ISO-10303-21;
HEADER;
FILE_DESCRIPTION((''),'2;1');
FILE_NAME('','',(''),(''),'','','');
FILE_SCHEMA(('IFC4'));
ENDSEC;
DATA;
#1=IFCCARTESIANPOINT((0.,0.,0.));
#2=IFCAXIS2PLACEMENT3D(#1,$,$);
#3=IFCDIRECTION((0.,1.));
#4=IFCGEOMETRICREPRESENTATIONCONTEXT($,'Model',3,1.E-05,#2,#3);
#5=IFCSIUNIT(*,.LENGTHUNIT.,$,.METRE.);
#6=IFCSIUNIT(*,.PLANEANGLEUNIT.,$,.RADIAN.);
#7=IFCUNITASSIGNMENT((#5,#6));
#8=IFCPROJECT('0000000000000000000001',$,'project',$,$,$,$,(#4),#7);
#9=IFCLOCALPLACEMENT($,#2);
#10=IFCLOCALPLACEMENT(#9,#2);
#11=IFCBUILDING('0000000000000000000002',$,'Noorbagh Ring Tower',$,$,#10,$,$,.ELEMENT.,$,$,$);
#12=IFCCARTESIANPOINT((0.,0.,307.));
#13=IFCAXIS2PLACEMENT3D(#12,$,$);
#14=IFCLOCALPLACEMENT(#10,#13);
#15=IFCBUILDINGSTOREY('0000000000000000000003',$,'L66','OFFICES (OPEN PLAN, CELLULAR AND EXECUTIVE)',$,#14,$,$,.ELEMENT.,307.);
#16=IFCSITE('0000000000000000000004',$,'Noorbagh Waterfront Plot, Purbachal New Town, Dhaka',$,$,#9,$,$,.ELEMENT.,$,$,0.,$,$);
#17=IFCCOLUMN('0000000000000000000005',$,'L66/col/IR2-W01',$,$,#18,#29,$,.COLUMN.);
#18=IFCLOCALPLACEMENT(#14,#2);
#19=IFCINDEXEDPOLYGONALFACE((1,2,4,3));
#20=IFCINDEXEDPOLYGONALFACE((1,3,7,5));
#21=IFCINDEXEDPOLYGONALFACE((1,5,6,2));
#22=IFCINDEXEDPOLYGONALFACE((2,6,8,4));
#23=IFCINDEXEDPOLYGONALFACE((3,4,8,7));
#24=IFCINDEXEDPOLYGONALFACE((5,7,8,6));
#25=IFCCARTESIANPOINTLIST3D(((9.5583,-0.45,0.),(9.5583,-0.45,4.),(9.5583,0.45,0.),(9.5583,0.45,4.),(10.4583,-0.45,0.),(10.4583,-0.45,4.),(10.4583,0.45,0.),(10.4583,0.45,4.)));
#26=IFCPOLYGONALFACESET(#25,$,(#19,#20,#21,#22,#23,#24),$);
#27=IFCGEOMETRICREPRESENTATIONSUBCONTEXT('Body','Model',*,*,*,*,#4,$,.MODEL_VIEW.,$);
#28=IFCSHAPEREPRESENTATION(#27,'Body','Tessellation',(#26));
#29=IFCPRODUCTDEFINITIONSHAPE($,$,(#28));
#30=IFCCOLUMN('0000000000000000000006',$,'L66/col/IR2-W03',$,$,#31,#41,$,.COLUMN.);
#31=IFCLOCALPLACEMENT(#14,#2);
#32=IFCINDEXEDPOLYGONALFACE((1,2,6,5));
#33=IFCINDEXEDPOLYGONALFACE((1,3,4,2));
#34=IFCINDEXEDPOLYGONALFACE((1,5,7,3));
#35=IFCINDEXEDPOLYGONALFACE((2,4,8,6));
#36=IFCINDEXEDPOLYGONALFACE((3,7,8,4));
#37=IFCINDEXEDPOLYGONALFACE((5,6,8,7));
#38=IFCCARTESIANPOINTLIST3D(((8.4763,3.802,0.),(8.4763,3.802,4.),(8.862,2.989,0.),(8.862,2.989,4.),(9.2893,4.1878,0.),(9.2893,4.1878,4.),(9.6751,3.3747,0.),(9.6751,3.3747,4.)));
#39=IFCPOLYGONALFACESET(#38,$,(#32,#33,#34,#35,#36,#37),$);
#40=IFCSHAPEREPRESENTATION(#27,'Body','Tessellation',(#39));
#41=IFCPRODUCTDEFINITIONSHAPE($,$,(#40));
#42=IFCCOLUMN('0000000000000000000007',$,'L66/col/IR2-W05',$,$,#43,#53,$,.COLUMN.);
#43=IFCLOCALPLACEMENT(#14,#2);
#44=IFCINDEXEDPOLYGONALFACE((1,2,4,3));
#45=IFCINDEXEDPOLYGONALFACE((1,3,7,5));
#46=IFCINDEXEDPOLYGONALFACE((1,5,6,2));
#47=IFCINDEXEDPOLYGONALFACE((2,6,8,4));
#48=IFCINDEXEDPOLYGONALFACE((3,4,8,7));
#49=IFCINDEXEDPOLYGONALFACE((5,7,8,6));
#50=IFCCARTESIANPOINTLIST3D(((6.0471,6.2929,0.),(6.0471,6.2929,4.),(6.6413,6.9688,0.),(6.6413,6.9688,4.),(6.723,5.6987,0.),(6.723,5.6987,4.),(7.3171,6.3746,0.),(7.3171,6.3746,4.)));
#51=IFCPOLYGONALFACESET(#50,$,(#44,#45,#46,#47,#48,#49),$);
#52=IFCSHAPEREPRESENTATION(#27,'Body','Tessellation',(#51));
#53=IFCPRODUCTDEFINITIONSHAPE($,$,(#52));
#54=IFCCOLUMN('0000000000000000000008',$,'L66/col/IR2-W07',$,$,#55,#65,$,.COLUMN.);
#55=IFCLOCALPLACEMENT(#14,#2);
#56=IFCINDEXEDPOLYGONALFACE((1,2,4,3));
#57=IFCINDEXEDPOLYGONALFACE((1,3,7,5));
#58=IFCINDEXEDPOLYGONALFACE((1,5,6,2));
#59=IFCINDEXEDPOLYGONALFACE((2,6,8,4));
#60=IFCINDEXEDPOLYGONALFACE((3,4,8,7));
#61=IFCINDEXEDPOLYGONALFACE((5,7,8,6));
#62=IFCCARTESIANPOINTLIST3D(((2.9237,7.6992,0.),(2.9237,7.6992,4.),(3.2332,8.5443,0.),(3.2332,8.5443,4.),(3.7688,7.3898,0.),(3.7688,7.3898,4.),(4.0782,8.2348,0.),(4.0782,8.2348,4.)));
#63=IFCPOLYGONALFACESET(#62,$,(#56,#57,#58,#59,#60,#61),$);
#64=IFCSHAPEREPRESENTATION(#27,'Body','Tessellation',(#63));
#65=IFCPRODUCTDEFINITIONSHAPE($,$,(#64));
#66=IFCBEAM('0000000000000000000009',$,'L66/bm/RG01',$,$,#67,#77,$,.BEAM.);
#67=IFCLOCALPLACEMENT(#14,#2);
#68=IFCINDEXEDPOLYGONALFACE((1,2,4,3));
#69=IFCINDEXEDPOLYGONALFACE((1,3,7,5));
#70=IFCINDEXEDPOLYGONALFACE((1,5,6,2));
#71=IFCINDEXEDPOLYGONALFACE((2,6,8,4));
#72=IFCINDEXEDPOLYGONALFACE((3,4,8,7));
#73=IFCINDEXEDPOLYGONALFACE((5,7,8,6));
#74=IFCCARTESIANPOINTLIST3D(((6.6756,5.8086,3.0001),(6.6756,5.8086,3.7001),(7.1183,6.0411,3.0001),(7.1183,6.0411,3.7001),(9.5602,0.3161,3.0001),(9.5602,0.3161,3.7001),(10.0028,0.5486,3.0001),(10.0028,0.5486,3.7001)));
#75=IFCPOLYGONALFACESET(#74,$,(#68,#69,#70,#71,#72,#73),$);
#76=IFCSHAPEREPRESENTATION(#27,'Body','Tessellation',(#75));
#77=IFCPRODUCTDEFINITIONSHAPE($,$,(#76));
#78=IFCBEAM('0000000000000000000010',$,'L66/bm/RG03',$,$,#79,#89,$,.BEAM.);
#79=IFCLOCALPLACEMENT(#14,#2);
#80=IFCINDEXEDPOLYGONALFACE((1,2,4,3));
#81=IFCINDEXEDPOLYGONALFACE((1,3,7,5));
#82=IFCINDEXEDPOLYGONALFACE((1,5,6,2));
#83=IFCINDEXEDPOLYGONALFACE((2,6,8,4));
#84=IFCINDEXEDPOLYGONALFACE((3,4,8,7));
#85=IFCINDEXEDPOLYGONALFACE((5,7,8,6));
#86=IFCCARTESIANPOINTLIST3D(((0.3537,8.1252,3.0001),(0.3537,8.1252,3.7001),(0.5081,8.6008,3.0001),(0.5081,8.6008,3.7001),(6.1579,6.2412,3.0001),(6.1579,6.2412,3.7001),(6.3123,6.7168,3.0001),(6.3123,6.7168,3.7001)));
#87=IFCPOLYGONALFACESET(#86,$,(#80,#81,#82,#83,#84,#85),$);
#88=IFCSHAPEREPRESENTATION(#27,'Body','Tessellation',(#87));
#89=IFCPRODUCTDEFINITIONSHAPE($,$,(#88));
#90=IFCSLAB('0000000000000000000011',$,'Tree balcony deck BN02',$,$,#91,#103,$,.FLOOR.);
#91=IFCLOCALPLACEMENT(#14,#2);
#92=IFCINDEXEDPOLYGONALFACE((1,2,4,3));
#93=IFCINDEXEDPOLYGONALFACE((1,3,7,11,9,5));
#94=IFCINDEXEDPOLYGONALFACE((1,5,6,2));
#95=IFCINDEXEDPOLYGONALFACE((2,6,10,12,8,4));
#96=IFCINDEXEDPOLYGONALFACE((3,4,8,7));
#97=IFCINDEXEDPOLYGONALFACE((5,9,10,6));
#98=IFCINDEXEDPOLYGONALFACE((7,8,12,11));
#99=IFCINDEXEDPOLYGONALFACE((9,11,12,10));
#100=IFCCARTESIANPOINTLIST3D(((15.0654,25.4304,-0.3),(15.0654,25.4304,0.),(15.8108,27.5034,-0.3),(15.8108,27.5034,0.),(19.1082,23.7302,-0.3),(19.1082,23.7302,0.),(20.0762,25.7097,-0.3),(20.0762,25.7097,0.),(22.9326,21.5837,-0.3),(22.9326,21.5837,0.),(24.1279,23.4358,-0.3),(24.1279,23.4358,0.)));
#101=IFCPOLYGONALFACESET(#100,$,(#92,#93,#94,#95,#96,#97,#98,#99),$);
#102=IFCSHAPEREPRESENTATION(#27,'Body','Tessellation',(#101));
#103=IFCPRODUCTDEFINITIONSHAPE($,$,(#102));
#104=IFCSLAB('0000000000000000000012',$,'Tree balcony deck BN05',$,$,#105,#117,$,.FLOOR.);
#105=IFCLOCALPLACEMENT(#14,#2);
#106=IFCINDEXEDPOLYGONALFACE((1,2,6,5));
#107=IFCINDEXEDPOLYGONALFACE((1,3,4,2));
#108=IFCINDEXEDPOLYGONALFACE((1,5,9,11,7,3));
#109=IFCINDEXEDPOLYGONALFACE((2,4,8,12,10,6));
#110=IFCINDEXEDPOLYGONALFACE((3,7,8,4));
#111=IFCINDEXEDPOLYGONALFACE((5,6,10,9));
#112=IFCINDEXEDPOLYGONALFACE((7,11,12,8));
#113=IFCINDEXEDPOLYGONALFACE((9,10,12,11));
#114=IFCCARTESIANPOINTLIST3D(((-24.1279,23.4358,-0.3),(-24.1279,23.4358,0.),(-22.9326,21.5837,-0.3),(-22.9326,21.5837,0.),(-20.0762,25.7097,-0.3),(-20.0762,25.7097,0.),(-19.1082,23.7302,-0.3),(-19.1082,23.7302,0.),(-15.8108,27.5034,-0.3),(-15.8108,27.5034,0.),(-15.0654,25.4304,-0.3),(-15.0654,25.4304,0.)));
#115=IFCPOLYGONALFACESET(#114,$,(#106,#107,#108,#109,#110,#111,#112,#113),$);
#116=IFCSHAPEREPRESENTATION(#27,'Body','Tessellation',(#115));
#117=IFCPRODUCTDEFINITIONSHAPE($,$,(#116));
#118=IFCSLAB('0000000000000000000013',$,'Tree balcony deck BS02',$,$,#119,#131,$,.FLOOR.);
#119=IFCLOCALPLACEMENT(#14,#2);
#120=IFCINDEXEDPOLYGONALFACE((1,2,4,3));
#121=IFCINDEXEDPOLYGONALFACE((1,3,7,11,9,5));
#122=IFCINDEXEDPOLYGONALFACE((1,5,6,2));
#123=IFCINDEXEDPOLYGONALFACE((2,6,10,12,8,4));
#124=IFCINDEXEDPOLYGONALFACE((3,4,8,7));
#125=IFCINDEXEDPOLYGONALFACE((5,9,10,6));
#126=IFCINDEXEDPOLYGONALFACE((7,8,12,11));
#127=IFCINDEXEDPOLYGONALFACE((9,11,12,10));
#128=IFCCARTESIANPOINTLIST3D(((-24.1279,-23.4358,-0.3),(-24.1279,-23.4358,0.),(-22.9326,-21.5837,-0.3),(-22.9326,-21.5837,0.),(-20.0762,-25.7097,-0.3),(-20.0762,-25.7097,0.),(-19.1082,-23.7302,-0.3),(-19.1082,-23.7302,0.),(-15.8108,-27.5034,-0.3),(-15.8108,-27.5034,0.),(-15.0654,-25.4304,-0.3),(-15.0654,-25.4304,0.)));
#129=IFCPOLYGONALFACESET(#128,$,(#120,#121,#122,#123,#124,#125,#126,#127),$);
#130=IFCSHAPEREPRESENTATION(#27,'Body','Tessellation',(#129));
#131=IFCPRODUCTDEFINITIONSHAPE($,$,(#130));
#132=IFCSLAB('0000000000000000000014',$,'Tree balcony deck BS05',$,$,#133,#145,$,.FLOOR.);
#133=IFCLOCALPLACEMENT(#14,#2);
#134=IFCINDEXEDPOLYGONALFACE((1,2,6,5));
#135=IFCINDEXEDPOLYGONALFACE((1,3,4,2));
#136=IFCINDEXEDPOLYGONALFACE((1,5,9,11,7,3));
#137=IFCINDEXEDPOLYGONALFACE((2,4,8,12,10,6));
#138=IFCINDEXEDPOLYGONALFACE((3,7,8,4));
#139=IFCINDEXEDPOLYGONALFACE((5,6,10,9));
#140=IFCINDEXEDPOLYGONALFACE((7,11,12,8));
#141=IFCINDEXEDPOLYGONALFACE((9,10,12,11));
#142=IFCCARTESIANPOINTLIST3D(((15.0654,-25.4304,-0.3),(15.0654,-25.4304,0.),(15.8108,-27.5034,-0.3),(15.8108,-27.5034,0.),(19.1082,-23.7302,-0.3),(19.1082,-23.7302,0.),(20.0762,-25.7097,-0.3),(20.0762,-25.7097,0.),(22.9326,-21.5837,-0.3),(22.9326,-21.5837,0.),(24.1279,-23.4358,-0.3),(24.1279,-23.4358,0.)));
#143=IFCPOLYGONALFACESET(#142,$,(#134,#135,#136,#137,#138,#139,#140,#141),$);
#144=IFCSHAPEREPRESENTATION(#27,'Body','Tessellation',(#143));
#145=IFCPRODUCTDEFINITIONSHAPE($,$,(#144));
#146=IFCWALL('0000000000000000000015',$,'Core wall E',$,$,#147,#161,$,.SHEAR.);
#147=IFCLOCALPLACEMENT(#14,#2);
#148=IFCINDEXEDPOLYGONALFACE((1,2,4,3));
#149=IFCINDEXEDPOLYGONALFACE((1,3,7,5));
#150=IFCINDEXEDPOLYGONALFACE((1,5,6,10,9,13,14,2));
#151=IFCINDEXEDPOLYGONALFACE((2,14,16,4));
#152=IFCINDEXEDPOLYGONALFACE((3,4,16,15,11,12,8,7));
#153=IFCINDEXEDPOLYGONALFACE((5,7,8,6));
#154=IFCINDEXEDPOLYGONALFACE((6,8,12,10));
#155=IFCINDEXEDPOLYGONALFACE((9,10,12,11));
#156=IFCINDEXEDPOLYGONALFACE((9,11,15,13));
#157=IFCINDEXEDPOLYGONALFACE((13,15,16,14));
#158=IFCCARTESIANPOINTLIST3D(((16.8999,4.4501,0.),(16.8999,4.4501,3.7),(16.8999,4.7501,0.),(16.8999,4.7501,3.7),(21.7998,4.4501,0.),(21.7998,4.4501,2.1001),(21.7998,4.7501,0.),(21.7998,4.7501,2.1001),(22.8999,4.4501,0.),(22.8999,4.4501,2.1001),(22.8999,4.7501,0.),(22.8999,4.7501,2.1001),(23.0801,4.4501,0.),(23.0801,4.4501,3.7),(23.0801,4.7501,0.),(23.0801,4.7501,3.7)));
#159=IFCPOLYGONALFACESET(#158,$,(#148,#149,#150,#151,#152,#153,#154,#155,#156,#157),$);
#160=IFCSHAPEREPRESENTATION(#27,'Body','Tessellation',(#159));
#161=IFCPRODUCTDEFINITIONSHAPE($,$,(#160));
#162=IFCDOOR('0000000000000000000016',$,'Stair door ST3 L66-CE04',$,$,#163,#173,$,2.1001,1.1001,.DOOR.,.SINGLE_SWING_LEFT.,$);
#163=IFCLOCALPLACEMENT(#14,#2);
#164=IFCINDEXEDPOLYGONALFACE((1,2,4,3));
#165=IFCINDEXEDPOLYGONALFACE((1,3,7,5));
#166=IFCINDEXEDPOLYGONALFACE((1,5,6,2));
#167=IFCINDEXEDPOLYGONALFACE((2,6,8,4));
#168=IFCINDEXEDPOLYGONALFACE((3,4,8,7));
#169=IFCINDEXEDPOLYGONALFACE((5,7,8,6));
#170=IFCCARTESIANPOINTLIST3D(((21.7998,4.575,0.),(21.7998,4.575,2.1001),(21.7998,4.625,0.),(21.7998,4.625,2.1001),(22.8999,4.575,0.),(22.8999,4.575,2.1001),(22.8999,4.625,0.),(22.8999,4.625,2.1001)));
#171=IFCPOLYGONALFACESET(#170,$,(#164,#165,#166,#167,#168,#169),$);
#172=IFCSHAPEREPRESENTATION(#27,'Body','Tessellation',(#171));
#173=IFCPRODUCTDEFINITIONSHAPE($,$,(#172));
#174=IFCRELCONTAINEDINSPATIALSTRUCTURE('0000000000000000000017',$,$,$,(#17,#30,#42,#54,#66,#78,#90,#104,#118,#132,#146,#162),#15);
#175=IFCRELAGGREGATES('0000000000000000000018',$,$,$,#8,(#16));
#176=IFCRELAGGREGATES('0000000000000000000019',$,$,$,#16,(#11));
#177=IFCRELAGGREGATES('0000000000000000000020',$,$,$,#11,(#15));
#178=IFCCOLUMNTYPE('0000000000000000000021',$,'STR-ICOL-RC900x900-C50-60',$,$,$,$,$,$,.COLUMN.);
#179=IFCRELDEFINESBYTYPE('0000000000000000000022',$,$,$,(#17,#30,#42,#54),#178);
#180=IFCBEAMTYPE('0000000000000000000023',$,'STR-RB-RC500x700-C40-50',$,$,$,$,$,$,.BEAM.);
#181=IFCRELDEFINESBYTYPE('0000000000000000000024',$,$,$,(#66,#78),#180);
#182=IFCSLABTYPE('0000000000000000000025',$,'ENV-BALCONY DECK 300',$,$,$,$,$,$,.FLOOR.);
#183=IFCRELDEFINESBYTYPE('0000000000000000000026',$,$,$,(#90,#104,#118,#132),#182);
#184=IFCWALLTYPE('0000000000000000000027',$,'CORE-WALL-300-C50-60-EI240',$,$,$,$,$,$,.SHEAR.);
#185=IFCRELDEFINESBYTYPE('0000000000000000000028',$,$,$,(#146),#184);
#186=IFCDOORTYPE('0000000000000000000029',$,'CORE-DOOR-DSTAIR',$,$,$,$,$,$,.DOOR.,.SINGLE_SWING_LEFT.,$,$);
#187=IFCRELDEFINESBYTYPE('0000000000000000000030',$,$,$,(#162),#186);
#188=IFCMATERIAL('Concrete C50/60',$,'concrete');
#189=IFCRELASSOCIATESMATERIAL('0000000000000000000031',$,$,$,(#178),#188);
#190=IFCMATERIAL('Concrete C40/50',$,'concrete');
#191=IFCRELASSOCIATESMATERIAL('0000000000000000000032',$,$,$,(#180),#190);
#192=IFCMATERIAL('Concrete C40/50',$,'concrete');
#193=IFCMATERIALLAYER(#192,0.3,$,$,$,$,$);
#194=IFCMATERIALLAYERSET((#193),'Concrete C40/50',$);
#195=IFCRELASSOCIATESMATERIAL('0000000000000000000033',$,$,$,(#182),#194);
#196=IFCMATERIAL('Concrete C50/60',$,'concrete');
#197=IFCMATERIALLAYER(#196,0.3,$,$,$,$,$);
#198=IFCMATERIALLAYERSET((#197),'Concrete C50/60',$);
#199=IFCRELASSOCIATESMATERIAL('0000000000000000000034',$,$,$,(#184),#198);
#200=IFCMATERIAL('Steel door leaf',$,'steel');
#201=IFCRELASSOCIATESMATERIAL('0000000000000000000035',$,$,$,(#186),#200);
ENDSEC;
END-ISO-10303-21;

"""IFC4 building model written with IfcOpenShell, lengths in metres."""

from ifc_helpers import new_model, si_unit, direction, frame, frame_2d, origin, origin_2d, place, context, subcontext, project, spatial, polyline, rectangle, outline, extrude, material, layer, layer_set, material_profile, profile_set, type_object, element, fill, save


model = new_model("IFC4")

# Units and contexts
model_context = context("Model", 3, precision=1e-05, world=origin(), true_north=direction((0.0, 1.0)))
body_context = subcontext(model_context, "Body", "Model", "MODEL_VIEW")
ifc_project = project(units=[si_unit("LENGTHUNIT", "METRE"), si_unit("PLANEANGLEUNIT", "RADIAN")], contexts=[model_context])

# Site, building, storey
site_placement = place(None, origin())
site = spatial("IfcSite", under=ifc_project, at=site_placement, Name="Noorbagh Waterfront Plot, Purbachal New Town, Dhaka", CompositionType="ELEMENT", RefElevation=0.0)
building_placement = place(site_placement, origin())
building = spatial("IfcBuilding", under=site, at=building_placement, Name="Noorbagh Ring Tower", CompositionType="ELEMENT")
storey_placement = place(building_placement, frame((0.0, 0.0, 307.0)))
storey = spatial("IfcBuildingStorey", under=building, at=storey_placement, Name="L66", Description="OFFICES (OPEN PLAN, CELLULAR AND EXECUTIVE)", CompositionType="ELEMENT", Elevation=307.0)

# Columns
ifc_material_1 = material(Name="Concrete C50/60", Category="concrete")
ifc_material_profile_1 = material_profile(ifc_material_1, rectangle(XDim=0.8999, YDim=0.8999, at=origin_2d()), Name="RC900x900")
ifc_profile_set_1 = profile_set([ifc_material_profile_1], Name="Concrete C50/60")
column_type = type_object("IfcColumnType", Name="STR-ICOL-RC900x900-C50-60", PredefinedType="COLUMN", material=ifc_profile_set_1)
for number, where, z_axis, x_axis, name in (
    (1, (10.0083, 0.0, 0.0), (0.0, 0.0, 1.0), (0.0, 1.0, 0.0), "L66/col/IR2-W01"),
    (2, (9.0757, 3.5884, 0.0), (0.0, 0.0, 1.0), (-0.428667, 0.903463, 0.0), "L66/col/IR2-W03"),
    (3, (6.6821, 6.3337, 0.0), (0.0, 0.0, 1.0), (-0.751022, 0.660277, 0.0), "L66/col/IR2-W05"),
    (4, (3.501, 7.967, 0.0), (0.0, 0.0, 1.0), (-0.93902, 0.343864, 0.0), "L66/col/IR2-W07"),
):
    element("IfcColumn", number, at=place(storey_placement, frame(where, z_axis=z_axis, x_axis=x_axis)), inside=storey, type_object=column_type, Name=name, PredefinedType="COLUMN", context=body_context, shape_type="SweptSolid", body=[
        extrude(rectangle(XDim=0.8999, YDim=0.8999, at=origin_2d()), origin(), (0.0, 0.0, 1.0), 4.0),
    ])

# Beams
ifc_material_2 = material(Name="Concrete C40/50", Category="concrete")
ifc_material_profile_2 = material_profile(ifc_material_2, rectangle(XDim=0.5, YDim=0.7, at=origin_2d()), Name="RC500x700")
ifc_profile_set_2 = profile_set([ifc_material_profile_2], Name="Concrete C40/50")
beam_type = type_object("IfcBeamType", Name="STR-RB-RC500x700-C40-50", PredefinedType="BEAM", material=ifc_profile_set_2)
beam_1_placement = place(storey_placement, frame((9.7815, 0.4324, 3.3501), z_axis=(-0.46496, 0.885332, 0.0), x_axis=(-0.885332, -0.46496, 0.0)))
element("IfcBeam", 5, at=beam_1_placement, inside=storey, type_object=beam_type, Name="L66/bm/RG01", PredefinedType="BEAM", context=body_context, shape_type="SweptSolid", body=[
    extrude(rectangle(XDim=0.5, YDim=0.7, at=origin_2d()), origin(), (0.0, 0.0, 1.0), 6.2039),
])
beam_2_placement = place(storey_placement, frame((6.2351, 6.479, 3.3501), z_axis=(-0.951146, 0.30874, 0.0), x_axis=(-0.30874, -0.951146, 0.0)))
element("IfcBeam", 6, at=beam_2_placement, inside=storey, type_object=beam_type, Name="L66/bm/RG03", PredefinedType="BEAM", context=body_context, shape_type="SweptSolid", body=[
    extrude(rectangle(XDim=0.5, YDim=0.7, at=origin_2d()), origin(), (0.0, 0.0, 1.0), 6.1023),
])

# Slabs
ifc_material_3 = material(Name="Concrete C40/50", Category="concrete")
ifc_layer_1 = layer(ifc_material_3, 0.3)
ifc_layer_set_1 = layer_set([ifc_layer_1], Name="Concrete C40/50")
slab_type = type_object("IfcSlabType", Name="ENV-BALCONY DECK 300", PredefinedType="FLOOR", material=ifc_layer_set_1)
slab_1_placement = place(storey_placement, frame((0.0, 0.0, -0.3)))
element("IfcSlab", 7, at=slab_1_placement, inside=storey, type_object=slab_type, Name="Tree balcony deck BN02", PredefinedType="FLOOR", context=body_context, shape_type="SweptSolid", body=[
    extrude(outline(polyline([(24.1279, 23.4358), (20.0762, 25.7097), (15.8108, 27.5034), (15.0654, 25.4304), (19.1082, 23.7302), (22.9326, 21.5837), (24.1279, 23.4358)])), origin(), (0.0, 0.0, 1.0), 0.3),
])
slab_2_placement = place(storey_placement, frame((0.0, 0.0, -0.3)))
element("IfcSlab", 8, at=slab_2_placement, inside=storey, type_object=slab_type, Name="Tree balcony deck BN05", PredefinedType="FLOOR", context=body_context, shape_type="SweptSolid", body=[
    extrude(outline(polyline([(-15.8108, 27.5034), (-20.0762, 25.7097), (-24.1279, 23.4358), (-22.9326, 21.5837), (-19.1082, 23.7302), (-15.0654, 25.4304), (-15.8108, 27.5034)])), origin(), (0.0, 0.0, 1.0), 0.3),
])
slab_3_placement = place(storey_placement, frame((0.0, 0.0, -0.3)))
element("IfcSlab", 9, at=slab_3_placement, inside=storey, type_object=slab_type, Name="Tree balcony deck BS02", PredefinedType="FLOOR", context=body_context, shape_type="SweptSolid", body=[
    extrude(outline(polyline([(-24.1279, -23.4358), (-20.0762, -25.7097), (-15.8108, -27.5034), (-15.0654, -25.4304), (-19.1082, -23.7302), (-22.9326, -21.5837), (-24.1279, -23.4358)])), origin(), (0.0, 0.0, 1.0), 0.3),
])
slab_4_placement = place(storey_placement, frame((0.0, 0.0, -0.3)))
element("IfcSlab", 10, at=slab_4_placement, inside=storey, type_object=slab_type, Name="Tree balcony deck BS05", PredefinedType="FLOOR", context=body_context, shape_type="SweptSolid", body=[
    extrude(outline(polyline([(15.8108, -27.5034), (20.0762, -25.7097), (24.1279, -23.4358), (22.9326, -21.5837), (19.1082, -23.7302), (15.0654, -25.4304), (15.8108, -27.5034)])), origin(), (0.0, 0.0, 1.0), 0.3),
])

# Wall, opening, door
ifc_material_4 = material(Name="Concrete C50/60", Category="concrete")
ifc_layer_2 = layer(ifc_material_4, 0.3)
ifc_layer_set_2 = layer_set([ifc_layer_2], Name="Concrete C50/60")
wall_type_1 = type_object("IfcWallType", Name="CORE-WALL-300-C50-60-EI240", PredefinedType="SHEAR", material=ifc_layer_set_2)
wall_1_placement = place(storey_placement, frame((16.8999, 4.6001, 0.0), z_axis=(0.0, 0.0, 1.0), x_axis=(1.0, 0.0, 0.0)))
wall_1 = element("IfcWall", 11, at=wall_1_placement, inside=storey, type_object=wall_type_1, Name="Core wall E", PredefinedType="SHEAR", context=body_context, shape_type="SweptSolid", body=[
    extrude(rectangle(XDim=6.1802, YDim=0.3, at=frame_2d((3.0901, 0.0))), origin(), (0.0, 0.0, 1.0), 3.7),
])
opening_1_placement = place(wall_1_placement, frame((4.8999, 0.0, 0.0)))
opening_1 = element("IfcOpeningElement", 12, at=opening_1_placement, cuts=wall_1, PredefinedType="OPENING", context=body_context, shape_type="SweptSolid", body=[
    extrude(rectangle(XDim=1.1001, YDim=2.1001, at=frame_2d((0.55, 1.05))), frame((0.0, 0.1602, 0.0), z_axis=(0.0, -1.0, 0.0), x_axis=(1.0, 0.0, 0.0)), (0.0, 0.0, 1.0), 0.3201),
])
ifc_material_5 = material(Name="Steel door leaf", Category="steel")
door_type_1 = type_object("IfcDoorType", Name="CORE-DOOR-DSTAIR", OperationType="SINGLE_SWING_LEFT", PredefinedType="DOOR", material=ifc_material_5)
door_1_placement = place(opening_1_placement, origin())
door_1 = element("IfcDoor", 13, at=door_1_placement, inside=storey, type_object=door_type_1, Name="Stair door ST3 L66-CE04", OperationType="SINGLE_SWING_LEFT", OverallHeight=2.1001, OverallWidth=1.1001, PredefinedType="DOOR", context=body_context, shape_type="SweptSolid", body=[
    extrude(rectangle(XDim=1.1001, YDim=2.1001, at=frame_2d((0.55, 1.05))), frame((0.0, 0.0249, 0.0), z_axis=(0.0, -1.0, 0.0), x_axis=(1.0, 0.0, 0.0)), (0.0, 0.0, 1.0), 0.05),
])
fill(opening_1, door_1)

save(model, "model.ifc")
